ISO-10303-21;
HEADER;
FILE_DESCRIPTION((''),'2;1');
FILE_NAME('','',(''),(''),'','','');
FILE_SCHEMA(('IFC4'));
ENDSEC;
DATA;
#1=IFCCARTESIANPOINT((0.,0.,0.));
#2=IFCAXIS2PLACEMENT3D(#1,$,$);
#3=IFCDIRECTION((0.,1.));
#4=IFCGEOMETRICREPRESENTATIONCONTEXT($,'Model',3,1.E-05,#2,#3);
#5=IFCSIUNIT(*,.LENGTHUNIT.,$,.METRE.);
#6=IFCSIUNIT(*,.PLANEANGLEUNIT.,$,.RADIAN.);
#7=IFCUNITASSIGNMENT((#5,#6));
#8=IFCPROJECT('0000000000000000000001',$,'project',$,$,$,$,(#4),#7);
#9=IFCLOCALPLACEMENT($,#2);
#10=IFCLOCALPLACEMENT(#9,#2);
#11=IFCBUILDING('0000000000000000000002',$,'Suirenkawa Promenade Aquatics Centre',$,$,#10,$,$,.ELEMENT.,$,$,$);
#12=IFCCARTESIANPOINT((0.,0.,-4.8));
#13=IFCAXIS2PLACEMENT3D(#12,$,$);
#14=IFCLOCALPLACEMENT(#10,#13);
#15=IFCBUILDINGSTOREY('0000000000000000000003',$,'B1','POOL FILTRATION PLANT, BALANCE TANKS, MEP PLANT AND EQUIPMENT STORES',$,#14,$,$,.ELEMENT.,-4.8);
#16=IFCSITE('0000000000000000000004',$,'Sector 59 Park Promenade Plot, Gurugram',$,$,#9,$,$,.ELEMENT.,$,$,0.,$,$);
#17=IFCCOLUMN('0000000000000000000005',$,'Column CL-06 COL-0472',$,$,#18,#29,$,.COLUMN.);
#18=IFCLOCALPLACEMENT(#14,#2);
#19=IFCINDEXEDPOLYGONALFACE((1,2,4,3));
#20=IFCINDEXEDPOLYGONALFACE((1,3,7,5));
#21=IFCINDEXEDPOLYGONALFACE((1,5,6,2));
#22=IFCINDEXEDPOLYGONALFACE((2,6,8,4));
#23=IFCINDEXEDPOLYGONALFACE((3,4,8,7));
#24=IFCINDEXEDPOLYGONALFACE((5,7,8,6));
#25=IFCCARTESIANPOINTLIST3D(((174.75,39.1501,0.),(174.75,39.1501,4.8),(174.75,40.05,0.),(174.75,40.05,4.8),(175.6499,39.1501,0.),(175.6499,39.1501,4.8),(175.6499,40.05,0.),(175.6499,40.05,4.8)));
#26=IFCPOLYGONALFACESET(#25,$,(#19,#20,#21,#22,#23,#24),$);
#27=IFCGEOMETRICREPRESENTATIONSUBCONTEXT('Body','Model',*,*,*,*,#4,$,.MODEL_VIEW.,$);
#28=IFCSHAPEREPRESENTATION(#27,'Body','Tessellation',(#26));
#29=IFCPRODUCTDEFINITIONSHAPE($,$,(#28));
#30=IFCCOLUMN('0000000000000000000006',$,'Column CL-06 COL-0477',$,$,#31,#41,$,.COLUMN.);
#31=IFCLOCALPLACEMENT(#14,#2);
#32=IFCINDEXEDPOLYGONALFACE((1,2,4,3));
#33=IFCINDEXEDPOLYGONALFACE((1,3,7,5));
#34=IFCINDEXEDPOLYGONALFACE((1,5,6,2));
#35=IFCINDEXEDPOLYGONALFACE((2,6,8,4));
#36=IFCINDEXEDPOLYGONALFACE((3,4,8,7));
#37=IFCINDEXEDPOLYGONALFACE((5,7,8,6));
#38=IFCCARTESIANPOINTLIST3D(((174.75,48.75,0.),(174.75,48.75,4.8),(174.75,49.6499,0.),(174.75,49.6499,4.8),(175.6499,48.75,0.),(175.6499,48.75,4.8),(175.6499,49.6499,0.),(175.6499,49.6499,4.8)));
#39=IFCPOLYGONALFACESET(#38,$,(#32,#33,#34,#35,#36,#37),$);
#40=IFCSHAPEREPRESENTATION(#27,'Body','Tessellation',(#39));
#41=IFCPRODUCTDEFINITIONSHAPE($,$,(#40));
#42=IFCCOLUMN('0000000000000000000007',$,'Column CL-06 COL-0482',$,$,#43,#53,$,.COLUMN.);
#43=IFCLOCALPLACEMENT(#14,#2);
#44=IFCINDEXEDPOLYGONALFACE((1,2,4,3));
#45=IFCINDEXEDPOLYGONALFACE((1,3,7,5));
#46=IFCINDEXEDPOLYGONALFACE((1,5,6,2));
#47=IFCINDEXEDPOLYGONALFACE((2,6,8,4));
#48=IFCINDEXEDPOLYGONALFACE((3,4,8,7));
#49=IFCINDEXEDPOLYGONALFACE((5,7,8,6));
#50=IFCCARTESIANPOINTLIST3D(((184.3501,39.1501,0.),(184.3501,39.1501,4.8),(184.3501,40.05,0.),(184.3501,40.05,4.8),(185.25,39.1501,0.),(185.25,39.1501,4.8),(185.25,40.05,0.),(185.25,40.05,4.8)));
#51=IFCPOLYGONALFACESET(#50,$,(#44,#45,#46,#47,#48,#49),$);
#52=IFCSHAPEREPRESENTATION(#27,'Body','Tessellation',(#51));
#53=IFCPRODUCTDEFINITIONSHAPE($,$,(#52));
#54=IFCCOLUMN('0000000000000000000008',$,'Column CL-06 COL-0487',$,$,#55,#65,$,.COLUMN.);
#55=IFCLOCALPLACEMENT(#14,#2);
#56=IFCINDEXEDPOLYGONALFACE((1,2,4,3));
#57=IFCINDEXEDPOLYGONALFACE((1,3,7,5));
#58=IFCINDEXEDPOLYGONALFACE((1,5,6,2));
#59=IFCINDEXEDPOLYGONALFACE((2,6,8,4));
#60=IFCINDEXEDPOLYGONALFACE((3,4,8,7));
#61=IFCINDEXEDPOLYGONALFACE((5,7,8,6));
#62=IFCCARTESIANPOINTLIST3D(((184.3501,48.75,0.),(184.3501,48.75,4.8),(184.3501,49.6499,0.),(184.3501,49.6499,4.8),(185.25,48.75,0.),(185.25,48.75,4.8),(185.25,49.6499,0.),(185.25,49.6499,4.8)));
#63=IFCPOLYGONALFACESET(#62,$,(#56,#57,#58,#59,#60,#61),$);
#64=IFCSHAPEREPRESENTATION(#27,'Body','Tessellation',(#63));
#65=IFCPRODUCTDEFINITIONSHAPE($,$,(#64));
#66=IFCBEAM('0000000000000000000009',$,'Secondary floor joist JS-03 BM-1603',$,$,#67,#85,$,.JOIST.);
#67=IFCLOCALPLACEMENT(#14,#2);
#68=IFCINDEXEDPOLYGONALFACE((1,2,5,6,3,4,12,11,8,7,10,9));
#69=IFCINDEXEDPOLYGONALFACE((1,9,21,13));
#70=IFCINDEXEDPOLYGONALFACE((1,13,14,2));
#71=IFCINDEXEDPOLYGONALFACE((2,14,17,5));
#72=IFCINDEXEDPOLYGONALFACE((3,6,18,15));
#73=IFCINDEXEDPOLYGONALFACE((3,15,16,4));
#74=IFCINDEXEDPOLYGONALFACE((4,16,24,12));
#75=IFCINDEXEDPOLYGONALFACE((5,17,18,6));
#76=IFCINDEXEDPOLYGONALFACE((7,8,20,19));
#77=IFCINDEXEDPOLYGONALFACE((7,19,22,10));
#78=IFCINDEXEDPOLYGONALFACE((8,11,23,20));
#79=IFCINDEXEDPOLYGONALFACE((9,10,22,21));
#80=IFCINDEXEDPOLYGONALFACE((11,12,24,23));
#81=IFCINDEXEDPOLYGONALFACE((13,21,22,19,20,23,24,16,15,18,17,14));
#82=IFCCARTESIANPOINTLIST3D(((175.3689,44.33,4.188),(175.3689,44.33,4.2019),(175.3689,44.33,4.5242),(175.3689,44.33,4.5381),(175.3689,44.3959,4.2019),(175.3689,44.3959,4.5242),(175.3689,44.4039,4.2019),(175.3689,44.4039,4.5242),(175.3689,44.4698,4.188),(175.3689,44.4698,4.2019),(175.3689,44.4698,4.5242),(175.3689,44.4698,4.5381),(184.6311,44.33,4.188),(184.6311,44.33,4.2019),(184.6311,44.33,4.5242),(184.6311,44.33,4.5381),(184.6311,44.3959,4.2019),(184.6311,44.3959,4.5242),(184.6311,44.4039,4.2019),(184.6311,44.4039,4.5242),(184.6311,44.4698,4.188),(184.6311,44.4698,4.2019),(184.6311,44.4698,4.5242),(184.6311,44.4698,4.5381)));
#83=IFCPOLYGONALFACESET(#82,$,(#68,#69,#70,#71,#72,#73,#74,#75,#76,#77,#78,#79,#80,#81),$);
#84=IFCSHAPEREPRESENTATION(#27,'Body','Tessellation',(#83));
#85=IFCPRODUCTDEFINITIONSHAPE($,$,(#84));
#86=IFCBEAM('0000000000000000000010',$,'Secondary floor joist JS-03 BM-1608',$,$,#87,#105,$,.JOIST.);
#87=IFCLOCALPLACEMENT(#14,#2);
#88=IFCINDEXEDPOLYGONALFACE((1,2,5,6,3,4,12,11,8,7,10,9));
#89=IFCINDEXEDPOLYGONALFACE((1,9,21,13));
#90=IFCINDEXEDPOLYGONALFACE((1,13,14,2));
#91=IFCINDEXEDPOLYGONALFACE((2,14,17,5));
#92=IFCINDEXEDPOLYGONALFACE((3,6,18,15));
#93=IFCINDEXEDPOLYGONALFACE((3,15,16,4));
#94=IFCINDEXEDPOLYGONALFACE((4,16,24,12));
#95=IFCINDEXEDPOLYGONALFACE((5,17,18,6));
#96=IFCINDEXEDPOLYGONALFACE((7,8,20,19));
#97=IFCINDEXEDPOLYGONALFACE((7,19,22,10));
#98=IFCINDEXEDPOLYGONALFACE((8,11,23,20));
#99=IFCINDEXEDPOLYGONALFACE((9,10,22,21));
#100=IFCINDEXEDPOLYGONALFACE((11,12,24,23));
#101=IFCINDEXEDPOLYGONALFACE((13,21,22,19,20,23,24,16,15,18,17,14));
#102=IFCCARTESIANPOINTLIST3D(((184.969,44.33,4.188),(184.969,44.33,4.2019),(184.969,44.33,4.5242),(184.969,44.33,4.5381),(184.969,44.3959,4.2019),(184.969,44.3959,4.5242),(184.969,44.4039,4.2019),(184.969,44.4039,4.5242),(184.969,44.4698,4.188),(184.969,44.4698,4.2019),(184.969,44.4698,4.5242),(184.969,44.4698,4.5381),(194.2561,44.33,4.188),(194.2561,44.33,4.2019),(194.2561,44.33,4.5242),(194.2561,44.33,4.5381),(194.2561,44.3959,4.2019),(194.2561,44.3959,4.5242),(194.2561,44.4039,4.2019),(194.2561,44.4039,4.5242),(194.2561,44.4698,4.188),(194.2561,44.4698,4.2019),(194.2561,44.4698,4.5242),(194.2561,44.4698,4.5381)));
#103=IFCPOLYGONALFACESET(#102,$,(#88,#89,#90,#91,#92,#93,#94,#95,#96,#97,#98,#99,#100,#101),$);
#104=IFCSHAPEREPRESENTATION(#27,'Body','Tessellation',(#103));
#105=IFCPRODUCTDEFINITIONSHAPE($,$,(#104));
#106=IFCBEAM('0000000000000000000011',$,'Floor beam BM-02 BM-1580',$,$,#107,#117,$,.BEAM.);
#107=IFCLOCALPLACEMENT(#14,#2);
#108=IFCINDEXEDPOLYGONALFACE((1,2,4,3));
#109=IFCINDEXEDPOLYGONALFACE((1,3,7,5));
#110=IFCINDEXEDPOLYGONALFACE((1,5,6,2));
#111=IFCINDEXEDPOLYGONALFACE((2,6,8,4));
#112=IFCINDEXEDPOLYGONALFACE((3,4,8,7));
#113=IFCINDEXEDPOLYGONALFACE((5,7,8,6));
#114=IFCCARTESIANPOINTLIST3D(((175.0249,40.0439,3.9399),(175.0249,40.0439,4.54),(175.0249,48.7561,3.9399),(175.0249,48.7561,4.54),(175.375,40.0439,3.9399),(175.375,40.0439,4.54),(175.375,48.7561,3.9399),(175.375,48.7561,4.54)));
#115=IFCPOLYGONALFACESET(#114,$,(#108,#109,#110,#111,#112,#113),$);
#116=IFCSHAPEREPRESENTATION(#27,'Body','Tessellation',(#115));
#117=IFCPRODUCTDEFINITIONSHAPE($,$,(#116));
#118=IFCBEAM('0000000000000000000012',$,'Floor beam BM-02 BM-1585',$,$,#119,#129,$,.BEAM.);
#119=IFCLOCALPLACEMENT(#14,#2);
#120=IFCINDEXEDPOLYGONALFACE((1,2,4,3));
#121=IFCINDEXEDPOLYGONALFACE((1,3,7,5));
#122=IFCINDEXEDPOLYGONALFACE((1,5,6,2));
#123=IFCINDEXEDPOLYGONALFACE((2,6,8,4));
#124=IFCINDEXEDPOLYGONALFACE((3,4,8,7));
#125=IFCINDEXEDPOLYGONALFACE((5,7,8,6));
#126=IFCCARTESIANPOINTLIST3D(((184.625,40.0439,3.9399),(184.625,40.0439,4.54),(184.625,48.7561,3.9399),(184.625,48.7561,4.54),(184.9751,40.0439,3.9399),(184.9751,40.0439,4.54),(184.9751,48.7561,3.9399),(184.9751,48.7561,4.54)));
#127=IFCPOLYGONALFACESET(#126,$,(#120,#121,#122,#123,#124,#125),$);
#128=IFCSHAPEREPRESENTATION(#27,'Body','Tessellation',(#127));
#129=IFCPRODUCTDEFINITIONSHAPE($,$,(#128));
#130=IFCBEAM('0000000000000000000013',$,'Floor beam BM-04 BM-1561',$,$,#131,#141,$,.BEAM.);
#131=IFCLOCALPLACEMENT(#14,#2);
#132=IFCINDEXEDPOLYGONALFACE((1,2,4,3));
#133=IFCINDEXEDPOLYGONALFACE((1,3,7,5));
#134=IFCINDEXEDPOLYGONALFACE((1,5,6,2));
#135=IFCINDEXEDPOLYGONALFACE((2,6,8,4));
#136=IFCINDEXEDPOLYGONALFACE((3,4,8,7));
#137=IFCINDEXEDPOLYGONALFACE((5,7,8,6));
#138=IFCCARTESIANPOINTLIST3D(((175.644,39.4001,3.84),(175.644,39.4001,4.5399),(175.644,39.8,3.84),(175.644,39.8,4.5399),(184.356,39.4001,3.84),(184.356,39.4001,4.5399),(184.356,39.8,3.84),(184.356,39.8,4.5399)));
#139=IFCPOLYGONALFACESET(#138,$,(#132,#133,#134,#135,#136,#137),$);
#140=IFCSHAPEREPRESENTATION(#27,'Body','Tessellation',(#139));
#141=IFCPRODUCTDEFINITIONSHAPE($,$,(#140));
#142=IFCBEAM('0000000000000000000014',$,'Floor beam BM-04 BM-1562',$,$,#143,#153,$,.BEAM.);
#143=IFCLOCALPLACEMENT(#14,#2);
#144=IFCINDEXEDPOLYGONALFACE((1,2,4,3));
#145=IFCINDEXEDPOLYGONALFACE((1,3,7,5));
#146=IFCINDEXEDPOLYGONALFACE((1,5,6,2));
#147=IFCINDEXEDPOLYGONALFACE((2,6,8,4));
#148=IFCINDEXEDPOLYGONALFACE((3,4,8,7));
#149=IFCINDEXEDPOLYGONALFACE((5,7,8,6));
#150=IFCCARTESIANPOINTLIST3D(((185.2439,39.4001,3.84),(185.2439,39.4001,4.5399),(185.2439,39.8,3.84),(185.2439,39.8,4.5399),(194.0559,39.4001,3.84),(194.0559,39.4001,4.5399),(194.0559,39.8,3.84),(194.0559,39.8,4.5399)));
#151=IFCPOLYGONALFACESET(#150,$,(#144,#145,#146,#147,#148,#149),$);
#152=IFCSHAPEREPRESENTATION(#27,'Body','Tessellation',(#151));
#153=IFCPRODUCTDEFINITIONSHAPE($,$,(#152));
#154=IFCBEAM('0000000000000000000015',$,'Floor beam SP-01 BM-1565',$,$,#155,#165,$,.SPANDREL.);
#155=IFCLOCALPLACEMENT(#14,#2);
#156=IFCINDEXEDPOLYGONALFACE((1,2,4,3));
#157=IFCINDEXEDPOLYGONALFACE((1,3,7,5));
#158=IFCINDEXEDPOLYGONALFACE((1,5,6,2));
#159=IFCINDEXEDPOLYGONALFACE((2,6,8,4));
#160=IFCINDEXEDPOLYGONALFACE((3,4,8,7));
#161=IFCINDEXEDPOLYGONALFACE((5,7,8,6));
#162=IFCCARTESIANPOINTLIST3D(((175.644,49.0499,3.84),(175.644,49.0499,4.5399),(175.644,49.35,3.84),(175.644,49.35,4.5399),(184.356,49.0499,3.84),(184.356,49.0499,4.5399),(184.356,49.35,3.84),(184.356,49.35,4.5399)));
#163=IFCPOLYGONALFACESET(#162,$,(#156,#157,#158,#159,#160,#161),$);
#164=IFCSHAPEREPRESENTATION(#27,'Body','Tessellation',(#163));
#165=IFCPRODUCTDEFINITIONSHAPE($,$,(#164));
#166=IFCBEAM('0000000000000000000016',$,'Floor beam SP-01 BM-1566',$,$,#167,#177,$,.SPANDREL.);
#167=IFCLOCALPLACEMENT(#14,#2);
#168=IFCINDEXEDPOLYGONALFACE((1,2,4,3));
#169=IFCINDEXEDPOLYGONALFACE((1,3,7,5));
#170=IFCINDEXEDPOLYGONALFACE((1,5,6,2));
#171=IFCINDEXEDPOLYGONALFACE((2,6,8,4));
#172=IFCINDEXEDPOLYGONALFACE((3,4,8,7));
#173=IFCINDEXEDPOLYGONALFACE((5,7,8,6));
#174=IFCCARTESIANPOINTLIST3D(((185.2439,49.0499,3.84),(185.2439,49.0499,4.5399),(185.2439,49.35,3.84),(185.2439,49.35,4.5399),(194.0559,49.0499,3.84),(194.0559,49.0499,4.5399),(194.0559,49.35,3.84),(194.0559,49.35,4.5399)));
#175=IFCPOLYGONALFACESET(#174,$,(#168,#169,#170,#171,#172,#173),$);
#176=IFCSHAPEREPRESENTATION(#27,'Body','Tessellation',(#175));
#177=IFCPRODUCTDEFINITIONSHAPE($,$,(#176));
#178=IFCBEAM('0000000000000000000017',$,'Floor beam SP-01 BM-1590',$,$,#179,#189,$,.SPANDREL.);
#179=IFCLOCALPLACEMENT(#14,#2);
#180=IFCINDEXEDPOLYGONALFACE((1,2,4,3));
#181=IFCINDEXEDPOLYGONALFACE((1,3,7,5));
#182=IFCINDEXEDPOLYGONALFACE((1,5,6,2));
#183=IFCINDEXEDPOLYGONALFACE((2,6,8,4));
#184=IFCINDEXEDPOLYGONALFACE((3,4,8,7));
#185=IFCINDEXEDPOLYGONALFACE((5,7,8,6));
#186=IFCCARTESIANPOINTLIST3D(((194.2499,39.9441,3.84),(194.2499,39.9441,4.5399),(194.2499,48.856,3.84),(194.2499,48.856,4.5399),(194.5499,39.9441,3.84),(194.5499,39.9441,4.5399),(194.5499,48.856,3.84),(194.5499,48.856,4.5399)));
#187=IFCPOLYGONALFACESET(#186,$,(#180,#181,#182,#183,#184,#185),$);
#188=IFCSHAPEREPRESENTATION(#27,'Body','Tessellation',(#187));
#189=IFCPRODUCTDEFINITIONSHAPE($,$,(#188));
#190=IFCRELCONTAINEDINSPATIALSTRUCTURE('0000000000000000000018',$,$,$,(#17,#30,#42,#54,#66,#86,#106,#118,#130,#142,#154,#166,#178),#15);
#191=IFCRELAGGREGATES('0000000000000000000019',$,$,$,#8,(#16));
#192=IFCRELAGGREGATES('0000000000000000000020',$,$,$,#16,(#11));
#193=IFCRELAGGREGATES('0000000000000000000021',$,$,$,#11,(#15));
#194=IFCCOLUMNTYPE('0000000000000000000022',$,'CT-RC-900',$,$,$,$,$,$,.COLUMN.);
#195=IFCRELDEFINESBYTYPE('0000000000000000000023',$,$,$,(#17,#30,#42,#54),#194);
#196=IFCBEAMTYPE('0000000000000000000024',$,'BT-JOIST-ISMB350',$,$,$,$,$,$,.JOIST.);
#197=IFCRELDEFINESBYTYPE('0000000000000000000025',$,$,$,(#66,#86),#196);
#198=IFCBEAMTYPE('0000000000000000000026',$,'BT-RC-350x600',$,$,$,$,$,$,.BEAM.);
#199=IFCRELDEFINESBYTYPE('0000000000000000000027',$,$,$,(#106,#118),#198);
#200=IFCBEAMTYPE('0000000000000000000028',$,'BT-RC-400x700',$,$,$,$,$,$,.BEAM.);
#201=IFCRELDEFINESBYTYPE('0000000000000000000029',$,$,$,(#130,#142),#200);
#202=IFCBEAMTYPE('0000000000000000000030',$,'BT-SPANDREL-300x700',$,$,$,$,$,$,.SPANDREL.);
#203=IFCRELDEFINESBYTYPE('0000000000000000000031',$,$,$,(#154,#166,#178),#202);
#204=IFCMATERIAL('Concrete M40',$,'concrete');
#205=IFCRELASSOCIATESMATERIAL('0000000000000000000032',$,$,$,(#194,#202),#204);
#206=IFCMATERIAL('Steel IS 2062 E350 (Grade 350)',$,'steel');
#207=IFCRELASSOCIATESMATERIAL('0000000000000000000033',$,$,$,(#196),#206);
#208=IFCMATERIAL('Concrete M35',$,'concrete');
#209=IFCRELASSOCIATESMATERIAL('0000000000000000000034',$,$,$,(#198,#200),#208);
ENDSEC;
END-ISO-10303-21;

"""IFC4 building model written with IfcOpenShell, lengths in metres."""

from ifc_helpers import new_model, si_unit, direction, frame, origin, origin_2d, place, context, subcontext, project, spatial, rectangle, i_section, extrude, material, material_profile, profile_set, type_object, element, save


model = new_model("IFC4")

# Units and contexts
model_context = context("Model", 3, precision=1e-05, world=origin(), true_north=direction((0.0, 1.0)))
body_context = subcontext(model_context, "Body", "Model", "MODEL_VIEW")
ifc_project = project(units=[si_unit("LENGTHUNIT", "METRE"), si_unit("PLANEANGLEUNIT", "RADIAN")], contexts=[model_context])

# Site, building, storey
site_placement = place(None, origin())
site = spatial("IfcSite", under=ifc_project, at=site_placement, Name="Sector 59 Park Promenade Plot, Gurugram", CompositionType="ELEMENT", RefElevation=0.0)
building_placement = place(site_placement, origin())
building = spatial("IfcBuilding", under=site, at=building_placement, Name="Suirenkawa Promenade Aquatics Centre", CompositionType="ELEMENT")
storey_placement = place(building_placement, frame((0.0, 0.0, -4.8)))
storey = spatial("IfcBuildingStorey", under=building, at=storey_placement, Name="B1", Description="POOL FILTRATION PLANT, BALANCE TANKS, MEP PLANT AND EQUIPMENT STORES", CompositionType="ELEMENT", Elevation=-4.8)

# Shared definitions
ifc_material_1 = material(Name="Concrete M35", Category="concrete")

# Columns
ifc_material_2 = material(Name="Concrete M40", Category="concrete")
ifc_material_profile_1 = material_profile(ifc_material_2, rectangle(XDim=0.8999, YDim=0.8999, at=origin_2d()), Name="RC COL 900x900", Category="concrete")
ifc_profile_set_1 = profile_set([ifc_material_profile_1], Name="Concrete M40")
column_type_1 = type_object("IfcColumnType", Name="CT-RC-900", PredefinedType="COLUMN", material=ifc_profile_set_1)
for number, where, z_axis, x_axis, name in (
    (1, (175.2, 39.6001, 0.0), (0.0, 0.0, 1.0), (1.0, 0.0, 0.0), "Column CL-06 COL-0472"),
    (2, (175.2, 49.2, 0.0), (0.0, 0.0, 1.0), (1.0, 0.0, 0.0), "Column CL-06 COL-0477"),
    (3, (184.8, 39.6001, 0.0), (0.0, 0.0, 1.0), (1.0, 0.0, 0.0), "Column CL-06 COL-0482"),
    (4, (184.8, 49.2, 0.0), (0.0, 0.0, 1.0), (1.0, 0.0, 0.0), "Column CL-06 COL-0487"),
):
    element("IfcColumn", number, at=place(storey_placement, frame(where, z_axis=z_axis, x_axis=x_axis)), inside=storey, type_object=column_type_1, Name=name, PredefinedType="COLUMN", context=body_context, shape_type="SweptSolid", body=[
        extrude(rectangle(XDim=0.8999, YDim=0.8999, at=origin_2d()), origin(), (0.0, 0.0, 1.0), 4.8),
    ])

# Beams
ifc_material_3 = material(Name="Steel IS 2062 E350 (Grade 350)", Category="steel")
ifc_material_profile_2 = material_profile(ifc_material_3, i_section(OverallWidth=0.1399, OverallDepth=0.3501, WebThickness=0.0081, FlangeThickness=0.0139, at=origin_2d()), Name="ISMB 350", Category="steel")
ifc_profile_set_2 = profile_set([ifc_material_profile_2], Name="Steel IS 2062 E350 (Grade 350)")
beam_type_1 = type_object("IfcBeamType", Name="BT-JOIST-ISMB350", PredefinedType="JOIST", material=ifc_profile_set_2)
beam_1_placement = place(storey_placement, frame((175.3689, 44.3999, 4.363), z_axis=(1.0, 0.0, 0.0), x_axis=(0.0, 1.0, 0.0)))
element("IfcBeam", 5, at=beam_1_placement, inside=storey, type_object=beam_type_1, Name="Secondary floor joist JS-03 BM-1603", PredefinedType="JOIST", context=body_context, shape_type="SweptSolid", body=[
    extrude(i_section(OverallWidth=0.1399, OverallDepth=0.3501, WebThickness=0.0081, FlangeThickness=0.0139, at=origin_2d()), origin(), (0.0, 0.0, 1.0), 9.2622),
])
beam_2_placement = place(storey_placement, frame((184.969, 44.3999, 4.363), z_axis=(1.0, 0.0, 0.0), x_axis=(0.0, 1.0, 0.0)))
element("IfcBeam", 6, at=beam_2_placement, inside=storey, type_object=beam_type_1, Name="Secondary floor joist JS-03 BM-1608", PredefinedType="JOIST", context=body_context, shape_type="SweptSolid", body=[
    extrude(i_section(OverallWidth=0.1399, OverallDepth=0.3501, WebThickness=0.0081, FlangeThickness=0.0139, at=origin_2d()), origin(), (0.0, 0.0, 1.0), 9.2871),
])
ifc_material_profile_3 = material_profile(ifc_material_1, rectangle(XDim=0.3501, YDim=0.6001, at=origin_2d()), Name="RC BM 350x600", Category="concrete")
ifc_profile_set_3 = profile_set([ifc_material_profile_3], Name="Concrete M35")
beam_type_2 = type_object("IfcBeamType", Name="BT-RC-350x600", PredefinedType="BEAM", material=ifc_profile_set_3)
for number, where, z_axis, x_axis, name in (
    (7, (175.2, 40.0439, 4.24), (0.0, 1.0, 0.0), (-1.0, 0.0, 0.0), "Floor beam BM-02 BM-1580"),
    (8, (184.8, 40.0439, 4.24), (0.0, 1.0, 0.0), (-1.0, 0.0, 0.0), "Floor beam BM-02 BM-1585"),
):
    element("IfcBeam", number, at=place(storey_placement, frame(where, z_axis=z_axis, x_axis=x_axis)), inside=storey, type_object=beam_type_2, Name=name, PredefinedType="BEAM", context=body_context, shape_type="SweptSolid", body=[
        extrude(rectangle(XDim=0.3501, YDim=0.6001, at=origin_2d()), origin(), (0.0, 0.0, 1.0), 8.7122),
    ])
ifc_material_profile_4 = material_profile(ifc_material_1, rectangle(XDim=0.3999, YDim=0.7, at=origin_2d()), Name="RC BM 400x700", Category="concrete")
ifc_profile_set_4 = profile_set([ifc_material_profile_4], Name="Concrete M35")
beam_type_3 = type_object("IfcBeamType", Name="BT-RC-400x700", PredefinedType="BEAM", material=ifc_profile_set_4)
beam_3_placement = place(storey_placement, frame((175.644, 39.6001, 4.1899), z_axis=(1.0, 0.0, 0.0), x_axis=(0.0, 1.0, 0.0)))
element("IfcBeam", 9, at=beam_3_placement, inside=storey, type_object=beam_type_3, Name="Floor beam BM-04 BM-1561", PredefinedType="BEAM", context=body_context, shape_type="SweptSolid", body=[
    extrude(rectangle(XDim=0.3999, YDim=0.7, at=origin_2d()), origin(), (0.0, 0.0, 1.0), 8.7119),
])
beam_4_placement = place(storey_placement, frame((185.2439, 39.6001, 4.1899), z_axis=(1.0, 0.0, 0.0), x_axis=(0.0, 1.0, 0.0)))
element("IfcBeam", 10, at=beam_4_placement, inside=storey, type_object=beam_type_3, Name="Floor beam BM-04 BM-1562", PredefinedType="BEAM", context=body_context, shape_type="SweptSolid", body=[
    extrude(rectangle(XDim=0.3999, YDim=0.7, at=origin_2d()), origin(), (0.0, 0.0, 1.0), 8.812),
])
ifc_material_profile_5 = material_profile(ifc_material_2, rectangle(XDim=0.3, YDim=0.7, at=origin_2d()), Name="RC SPANDREL 300x700", Category="concrete")
ifc_profile_set_5 = profile_set([ifc_material_profile_5], Name="Concrete M40")
beam_type_4 = type_object("IfcBeamType", Name="BT-SPANDREL-300x700", PredefinedType="SPANDREL", material=ifc_profile_set_5)
beam_5_placement = place(storey_placement, frame((175.644, 49.2, 4.1899), z_axis=(1.0, 0.0, 0.0), x_axis=(0.0, 1.0, 0.0)))
element("IfcBeam", 11, at=beam_5_placement, inside=storey, type_object=beam_type_4, Name="Floor beam SP-01 BM-1565", PredefinedType="SPANDREL", context=body_context, shape_type="SweptSolid", body=[
    extrude(rectangle(XDim=0.3, YDim=0.7, at=origin_2d()), origin(), (0.0, 0.0, 1.0), 8.7119),
])
beam_6_placement = place(storey_placement, frame((185.2439, 49.2, 4.1899), z_axis=(1.0, 0.0, 0.0), x_axis=(0.0, 1.0, 0.0)))
element("IfcBeam", 12, at=beam_6_placement, inside=storey, type_object=beam_type_4, Name="Floor beam SP-01 BM-1566", PredefinedType="SPANDREL", context=body_context, shape_type="SweptSolid", body=[
    extrude(rectangle(XDim=0.3, YDim=0.7, at=origin_2d()), origin(), (0.0, 0.0, 1.0), 8.812),
])
beam_7_placement = place(storey_placement, frame((194.3999, 39.9441, 4.1899), z_axis=(0.0, 1.0, 0.0), x_axis=(-1.0, 0.0, 0.0)))
element("IfcBeam", 13, at=beam_7_placement, inside=storey, type_object=beam_type_4, Name="Floor beam SP-01 BM-1590", PredefinedType="SPANDREL", context=body_context, shape_type="SweptSolid", body=[
    extrude(rectangle(XDim=0.3, YDim=0.7, at=origin_2d()), origin(), (0.0, 0.0, 1.0), 8.9119),
])

save(model, "model.ifc")
